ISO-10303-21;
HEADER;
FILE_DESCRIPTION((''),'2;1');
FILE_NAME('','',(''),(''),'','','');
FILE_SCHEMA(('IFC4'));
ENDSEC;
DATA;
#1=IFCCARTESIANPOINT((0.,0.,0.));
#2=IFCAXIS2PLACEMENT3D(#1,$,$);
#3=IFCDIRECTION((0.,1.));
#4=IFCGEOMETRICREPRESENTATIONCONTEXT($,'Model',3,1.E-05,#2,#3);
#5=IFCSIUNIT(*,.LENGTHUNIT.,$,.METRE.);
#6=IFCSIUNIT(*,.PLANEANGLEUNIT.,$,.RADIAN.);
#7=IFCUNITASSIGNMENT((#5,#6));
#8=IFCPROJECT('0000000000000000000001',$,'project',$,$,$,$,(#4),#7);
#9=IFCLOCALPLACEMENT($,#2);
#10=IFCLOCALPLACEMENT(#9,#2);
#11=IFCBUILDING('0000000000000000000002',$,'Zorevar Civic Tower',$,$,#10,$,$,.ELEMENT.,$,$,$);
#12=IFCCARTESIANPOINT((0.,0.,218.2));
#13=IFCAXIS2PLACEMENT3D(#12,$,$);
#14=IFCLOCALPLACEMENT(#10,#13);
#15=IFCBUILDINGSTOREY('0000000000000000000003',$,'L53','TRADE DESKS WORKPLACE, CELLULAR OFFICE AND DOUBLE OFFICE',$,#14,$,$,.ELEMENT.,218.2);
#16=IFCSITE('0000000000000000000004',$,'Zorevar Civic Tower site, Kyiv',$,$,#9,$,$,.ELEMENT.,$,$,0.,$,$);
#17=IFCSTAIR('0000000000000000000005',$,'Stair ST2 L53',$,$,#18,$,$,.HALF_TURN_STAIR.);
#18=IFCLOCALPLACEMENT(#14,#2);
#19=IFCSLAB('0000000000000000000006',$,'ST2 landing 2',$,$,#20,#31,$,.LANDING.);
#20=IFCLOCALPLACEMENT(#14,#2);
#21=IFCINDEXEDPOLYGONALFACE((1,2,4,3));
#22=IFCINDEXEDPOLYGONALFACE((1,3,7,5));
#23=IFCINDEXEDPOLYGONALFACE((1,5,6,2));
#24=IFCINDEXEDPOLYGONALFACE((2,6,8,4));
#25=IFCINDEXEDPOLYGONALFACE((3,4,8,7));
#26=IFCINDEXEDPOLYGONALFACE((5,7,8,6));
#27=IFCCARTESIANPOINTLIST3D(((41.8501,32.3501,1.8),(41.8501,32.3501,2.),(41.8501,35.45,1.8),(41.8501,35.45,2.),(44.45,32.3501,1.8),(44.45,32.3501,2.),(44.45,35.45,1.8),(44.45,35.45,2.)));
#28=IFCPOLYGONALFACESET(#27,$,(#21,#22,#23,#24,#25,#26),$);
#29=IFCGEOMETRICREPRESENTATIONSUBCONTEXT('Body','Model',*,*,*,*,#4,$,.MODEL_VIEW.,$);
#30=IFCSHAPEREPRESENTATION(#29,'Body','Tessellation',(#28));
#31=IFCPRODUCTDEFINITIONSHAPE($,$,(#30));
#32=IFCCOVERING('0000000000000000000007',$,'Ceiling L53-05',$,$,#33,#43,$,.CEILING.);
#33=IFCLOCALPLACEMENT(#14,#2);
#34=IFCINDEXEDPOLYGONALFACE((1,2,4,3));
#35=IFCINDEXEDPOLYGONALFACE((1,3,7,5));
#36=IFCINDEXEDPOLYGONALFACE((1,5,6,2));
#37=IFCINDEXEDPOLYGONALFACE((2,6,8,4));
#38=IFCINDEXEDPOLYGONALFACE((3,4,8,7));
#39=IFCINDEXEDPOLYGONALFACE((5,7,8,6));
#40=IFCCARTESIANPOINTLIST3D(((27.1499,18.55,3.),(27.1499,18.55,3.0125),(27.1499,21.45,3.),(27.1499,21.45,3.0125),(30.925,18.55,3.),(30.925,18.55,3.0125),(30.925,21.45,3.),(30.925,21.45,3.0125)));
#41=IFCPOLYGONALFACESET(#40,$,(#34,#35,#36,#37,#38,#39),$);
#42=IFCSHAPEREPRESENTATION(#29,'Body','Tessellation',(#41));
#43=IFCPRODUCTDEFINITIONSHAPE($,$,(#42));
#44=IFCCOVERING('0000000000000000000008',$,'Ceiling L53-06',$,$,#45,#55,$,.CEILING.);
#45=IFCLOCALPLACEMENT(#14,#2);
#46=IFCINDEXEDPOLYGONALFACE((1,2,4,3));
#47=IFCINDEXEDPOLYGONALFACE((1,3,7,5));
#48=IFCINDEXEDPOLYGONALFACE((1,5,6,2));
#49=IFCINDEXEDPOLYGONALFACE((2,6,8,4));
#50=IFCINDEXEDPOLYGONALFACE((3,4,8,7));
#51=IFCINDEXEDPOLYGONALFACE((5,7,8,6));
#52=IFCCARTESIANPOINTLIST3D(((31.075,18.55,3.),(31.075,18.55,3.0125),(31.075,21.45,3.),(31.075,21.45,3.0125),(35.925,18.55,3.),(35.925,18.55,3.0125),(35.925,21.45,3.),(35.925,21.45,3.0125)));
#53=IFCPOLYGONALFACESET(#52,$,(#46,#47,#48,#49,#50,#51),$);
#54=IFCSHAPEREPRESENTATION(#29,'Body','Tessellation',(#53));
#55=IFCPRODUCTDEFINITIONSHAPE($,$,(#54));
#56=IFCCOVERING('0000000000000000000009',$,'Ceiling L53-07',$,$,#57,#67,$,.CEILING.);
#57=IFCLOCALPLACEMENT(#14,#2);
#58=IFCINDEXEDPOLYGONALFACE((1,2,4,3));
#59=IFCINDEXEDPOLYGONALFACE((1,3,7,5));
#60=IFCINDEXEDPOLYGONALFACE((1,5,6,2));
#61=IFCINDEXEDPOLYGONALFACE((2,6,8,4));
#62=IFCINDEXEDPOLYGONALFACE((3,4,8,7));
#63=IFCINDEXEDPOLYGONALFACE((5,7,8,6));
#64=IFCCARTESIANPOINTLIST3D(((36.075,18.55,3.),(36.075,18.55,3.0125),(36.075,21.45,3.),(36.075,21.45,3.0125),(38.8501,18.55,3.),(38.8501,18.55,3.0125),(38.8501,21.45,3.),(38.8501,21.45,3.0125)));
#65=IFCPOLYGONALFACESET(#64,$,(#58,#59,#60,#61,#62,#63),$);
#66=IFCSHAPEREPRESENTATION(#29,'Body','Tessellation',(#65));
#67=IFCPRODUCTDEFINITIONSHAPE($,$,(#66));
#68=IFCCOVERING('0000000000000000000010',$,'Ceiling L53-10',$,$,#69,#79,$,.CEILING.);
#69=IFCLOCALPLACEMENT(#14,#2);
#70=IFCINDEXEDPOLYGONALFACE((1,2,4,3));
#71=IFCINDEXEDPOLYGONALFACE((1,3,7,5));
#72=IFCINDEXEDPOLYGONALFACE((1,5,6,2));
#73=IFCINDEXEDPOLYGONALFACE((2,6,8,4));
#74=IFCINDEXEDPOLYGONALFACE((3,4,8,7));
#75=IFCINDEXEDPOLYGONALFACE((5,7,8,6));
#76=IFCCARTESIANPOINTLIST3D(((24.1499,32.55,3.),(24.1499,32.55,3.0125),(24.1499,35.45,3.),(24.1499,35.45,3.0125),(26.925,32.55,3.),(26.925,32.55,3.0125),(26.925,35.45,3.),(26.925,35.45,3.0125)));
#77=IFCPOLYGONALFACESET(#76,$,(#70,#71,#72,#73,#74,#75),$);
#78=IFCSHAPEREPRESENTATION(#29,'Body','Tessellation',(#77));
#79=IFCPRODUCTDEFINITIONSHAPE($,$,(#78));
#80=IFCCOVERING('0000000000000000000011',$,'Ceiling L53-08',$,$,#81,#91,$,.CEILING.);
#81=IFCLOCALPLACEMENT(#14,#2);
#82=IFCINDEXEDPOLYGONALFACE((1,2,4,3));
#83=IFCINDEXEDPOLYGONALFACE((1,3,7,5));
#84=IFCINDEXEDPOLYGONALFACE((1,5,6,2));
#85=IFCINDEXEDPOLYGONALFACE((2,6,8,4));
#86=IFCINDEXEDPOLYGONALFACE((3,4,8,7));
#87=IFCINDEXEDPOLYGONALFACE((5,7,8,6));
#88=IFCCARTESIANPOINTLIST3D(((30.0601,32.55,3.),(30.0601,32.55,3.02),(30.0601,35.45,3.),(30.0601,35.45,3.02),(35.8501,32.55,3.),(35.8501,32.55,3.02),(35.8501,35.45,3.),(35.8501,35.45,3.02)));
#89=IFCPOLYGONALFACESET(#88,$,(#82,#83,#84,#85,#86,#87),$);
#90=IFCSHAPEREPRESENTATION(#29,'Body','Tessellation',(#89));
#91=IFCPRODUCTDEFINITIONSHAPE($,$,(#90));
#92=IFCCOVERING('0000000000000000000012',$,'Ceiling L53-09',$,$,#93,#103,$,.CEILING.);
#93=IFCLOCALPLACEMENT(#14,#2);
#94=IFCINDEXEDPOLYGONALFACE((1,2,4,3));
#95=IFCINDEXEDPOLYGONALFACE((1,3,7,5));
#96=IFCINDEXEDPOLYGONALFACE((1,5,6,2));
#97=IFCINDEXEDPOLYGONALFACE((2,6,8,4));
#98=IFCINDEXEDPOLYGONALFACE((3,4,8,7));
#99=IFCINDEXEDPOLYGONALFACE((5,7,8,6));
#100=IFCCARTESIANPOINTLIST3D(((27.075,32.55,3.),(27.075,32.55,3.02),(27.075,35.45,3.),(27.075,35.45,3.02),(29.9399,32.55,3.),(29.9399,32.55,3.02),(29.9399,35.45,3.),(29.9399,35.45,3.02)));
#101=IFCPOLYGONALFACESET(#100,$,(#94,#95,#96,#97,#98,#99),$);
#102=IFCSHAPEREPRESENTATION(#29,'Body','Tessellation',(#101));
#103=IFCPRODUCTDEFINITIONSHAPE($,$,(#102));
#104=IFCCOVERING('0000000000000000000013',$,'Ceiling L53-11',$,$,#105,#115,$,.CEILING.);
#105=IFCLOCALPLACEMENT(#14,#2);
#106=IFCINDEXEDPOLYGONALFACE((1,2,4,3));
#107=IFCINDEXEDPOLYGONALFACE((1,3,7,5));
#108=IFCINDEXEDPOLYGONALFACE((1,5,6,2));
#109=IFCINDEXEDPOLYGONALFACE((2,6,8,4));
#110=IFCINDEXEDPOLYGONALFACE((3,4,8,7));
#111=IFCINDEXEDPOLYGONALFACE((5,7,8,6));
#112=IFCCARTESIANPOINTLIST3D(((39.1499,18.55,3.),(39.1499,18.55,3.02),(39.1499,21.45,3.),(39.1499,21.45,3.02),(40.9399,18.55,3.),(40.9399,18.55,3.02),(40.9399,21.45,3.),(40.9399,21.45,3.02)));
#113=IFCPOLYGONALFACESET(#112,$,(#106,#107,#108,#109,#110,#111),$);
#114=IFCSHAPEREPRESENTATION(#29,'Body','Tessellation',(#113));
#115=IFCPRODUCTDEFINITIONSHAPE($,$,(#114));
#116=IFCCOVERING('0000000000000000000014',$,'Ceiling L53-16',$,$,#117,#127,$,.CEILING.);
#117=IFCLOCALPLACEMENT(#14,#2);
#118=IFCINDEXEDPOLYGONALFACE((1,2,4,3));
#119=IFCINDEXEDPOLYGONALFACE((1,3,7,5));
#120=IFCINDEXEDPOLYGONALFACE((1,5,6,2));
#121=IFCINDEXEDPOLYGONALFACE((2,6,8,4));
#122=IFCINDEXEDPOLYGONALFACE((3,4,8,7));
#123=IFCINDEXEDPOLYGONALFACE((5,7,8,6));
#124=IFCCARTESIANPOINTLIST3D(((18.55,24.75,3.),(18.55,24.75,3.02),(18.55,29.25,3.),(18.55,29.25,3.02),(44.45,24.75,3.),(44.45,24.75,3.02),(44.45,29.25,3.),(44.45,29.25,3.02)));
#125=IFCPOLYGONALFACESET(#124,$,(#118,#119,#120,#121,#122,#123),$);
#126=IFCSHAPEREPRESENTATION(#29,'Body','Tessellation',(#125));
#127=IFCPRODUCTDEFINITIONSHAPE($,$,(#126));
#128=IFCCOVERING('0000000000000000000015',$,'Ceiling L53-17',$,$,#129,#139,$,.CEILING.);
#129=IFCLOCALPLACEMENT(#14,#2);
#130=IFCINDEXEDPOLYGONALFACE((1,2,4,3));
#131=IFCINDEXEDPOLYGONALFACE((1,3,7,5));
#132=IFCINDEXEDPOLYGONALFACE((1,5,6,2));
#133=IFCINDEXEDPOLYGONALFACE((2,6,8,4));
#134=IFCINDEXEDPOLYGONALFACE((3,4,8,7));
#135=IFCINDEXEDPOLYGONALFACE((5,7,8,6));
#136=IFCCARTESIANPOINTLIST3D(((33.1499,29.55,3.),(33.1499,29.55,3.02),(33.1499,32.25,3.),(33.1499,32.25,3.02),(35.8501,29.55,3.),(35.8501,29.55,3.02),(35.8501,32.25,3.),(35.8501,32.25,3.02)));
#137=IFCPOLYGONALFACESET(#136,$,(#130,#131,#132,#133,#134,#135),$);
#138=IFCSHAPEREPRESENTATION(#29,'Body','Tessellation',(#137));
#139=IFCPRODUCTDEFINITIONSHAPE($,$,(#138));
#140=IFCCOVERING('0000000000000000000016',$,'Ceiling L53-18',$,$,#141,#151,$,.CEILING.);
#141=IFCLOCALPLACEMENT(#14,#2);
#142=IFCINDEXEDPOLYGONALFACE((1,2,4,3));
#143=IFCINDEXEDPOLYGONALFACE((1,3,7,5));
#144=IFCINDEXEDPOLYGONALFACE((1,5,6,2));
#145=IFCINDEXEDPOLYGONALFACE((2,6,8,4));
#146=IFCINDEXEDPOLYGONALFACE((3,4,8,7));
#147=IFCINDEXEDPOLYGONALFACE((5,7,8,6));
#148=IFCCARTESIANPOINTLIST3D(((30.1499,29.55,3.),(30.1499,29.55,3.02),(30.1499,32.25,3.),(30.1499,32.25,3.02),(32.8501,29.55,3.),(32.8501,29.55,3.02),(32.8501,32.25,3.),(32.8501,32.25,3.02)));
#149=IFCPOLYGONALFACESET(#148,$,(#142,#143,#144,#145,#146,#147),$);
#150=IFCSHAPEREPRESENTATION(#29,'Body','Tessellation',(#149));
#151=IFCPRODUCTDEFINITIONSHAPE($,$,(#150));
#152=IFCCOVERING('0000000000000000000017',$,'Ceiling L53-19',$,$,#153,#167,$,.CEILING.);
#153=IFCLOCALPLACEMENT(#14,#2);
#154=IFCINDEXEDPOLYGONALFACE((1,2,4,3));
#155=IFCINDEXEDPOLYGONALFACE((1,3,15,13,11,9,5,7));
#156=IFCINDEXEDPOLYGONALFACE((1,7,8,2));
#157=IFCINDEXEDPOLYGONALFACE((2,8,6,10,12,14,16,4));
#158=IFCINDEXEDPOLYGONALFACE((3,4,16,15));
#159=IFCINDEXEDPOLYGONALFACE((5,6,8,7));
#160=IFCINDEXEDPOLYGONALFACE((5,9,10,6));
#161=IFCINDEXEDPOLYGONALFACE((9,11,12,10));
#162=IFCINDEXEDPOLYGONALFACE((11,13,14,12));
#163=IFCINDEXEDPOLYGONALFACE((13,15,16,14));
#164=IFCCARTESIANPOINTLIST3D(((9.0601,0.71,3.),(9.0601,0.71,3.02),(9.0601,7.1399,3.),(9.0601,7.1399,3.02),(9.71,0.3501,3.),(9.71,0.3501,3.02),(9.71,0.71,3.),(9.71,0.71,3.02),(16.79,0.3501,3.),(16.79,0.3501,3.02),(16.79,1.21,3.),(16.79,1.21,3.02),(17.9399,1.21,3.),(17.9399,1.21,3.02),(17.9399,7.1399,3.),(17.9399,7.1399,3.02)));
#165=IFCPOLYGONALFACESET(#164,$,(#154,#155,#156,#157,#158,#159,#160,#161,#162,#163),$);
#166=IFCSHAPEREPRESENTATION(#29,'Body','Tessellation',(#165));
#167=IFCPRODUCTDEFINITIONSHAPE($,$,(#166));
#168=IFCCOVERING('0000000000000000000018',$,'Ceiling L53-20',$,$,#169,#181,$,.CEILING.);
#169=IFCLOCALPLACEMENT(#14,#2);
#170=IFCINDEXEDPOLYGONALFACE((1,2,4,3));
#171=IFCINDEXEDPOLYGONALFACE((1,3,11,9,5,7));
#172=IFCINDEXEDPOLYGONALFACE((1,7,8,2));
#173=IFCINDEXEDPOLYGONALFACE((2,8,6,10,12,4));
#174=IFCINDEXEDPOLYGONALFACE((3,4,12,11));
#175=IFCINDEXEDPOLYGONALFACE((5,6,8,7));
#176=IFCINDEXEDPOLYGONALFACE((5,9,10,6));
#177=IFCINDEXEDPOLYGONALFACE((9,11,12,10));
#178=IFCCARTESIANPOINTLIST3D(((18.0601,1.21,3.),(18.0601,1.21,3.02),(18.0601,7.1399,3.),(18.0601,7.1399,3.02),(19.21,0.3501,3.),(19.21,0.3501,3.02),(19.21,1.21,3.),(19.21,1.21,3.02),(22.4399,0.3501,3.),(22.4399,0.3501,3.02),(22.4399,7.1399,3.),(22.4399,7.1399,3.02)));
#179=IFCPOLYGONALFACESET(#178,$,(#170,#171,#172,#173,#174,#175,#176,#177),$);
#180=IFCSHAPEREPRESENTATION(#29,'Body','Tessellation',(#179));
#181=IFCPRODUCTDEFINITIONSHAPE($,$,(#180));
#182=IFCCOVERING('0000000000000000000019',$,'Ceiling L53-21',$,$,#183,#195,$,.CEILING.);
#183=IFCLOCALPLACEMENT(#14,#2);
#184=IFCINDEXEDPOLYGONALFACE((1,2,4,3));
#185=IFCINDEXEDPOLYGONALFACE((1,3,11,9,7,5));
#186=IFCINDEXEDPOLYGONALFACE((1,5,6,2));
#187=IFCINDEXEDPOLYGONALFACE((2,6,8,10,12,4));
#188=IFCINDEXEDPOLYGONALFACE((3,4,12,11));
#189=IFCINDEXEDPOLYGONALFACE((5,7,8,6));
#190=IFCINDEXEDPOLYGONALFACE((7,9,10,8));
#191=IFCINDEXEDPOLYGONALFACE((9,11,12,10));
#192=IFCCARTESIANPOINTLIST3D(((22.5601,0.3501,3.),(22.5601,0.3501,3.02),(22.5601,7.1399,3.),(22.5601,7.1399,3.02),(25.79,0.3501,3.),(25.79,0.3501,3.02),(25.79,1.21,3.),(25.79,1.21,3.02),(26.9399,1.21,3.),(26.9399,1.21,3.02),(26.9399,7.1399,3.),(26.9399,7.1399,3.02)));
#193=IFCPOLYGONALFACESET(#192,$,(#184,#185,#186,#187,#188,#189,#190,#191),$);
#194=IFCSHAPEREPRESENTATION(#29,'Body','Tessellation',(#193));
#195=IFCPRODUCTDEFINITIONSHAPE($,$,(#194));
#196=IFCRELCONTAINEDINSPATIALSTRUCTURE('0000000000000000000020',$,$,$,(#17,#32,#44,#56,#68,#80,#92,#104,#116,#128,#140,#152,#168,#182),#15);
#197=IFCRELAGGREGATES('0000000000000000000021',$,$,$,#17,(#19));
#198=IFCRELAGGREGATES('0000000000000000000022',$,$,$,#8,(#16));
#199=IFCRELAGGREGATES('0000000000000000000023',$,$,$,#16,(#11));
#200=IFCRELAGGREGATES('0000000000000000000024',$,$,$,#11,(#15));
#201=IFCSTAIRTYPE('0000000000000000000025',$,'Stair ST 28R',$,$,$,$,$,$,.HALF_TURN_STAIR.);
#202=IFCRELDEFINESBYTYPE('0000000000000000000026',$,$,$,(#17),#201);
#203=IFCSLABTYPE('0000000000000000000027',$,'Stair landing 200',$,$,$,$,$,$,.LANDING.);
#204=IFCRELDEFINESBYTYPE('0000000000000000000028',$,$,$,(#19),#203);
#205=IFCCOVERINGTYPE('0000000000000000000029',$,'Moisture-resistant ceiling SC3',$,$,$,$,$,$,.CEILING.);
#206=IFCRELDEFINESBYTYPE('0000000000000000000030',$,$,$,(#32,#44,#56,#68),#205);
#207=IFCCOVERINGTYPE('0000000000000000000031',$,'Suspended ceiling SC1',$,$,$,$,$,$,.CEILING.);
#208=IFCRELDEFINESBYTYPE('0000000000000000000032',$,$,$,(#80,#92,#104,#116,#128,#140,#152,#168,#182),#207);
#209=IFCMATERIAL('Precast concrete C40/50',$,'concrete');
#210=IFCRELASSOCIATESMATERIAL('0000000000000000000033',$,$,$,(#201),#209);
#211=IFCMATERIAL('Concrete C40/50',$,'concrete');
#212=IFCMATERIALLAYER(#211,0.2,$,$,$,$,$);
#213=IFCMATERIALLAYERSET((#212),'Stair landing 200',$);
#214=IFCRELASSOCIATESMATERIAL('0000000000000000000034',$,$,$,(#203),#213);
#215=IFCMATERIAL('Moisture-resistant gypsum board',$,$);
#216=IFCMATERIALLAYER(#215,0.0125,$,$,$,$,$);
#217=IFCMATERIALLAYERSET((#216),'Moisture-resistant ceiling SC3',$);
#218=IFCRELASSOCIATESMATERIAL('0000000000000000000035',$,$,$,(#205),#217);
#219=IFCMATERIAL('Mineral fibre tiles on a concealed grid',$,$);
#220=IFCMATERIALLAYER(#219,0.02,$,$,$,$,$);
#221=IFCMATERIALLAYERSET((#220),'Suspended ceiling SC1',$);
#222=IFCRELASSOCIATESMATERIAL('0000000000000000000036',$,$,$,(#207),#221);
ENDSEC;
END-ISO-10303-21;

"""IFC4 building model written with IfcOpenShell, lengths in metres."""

from ifc_helpers import new_model, si_unit, direction, frame, origin, place, context, subcontext, project, spatial, polyline, outline, extrude, material, layer, layer_set, type_object, element, aggregate, save


model = new_model("IFC4")

# Units and contexts
model_context = context("Model", 3, precision=1e-05, world=origin(), true_north=direction((0.0, 1.0)))
body_context = subcontext(model_context, "Body", "Model", "MODEL_VIEW")
ifc_project = project(units=[si_unit("LENGTHUNIT", "METRE"), si_unit("PLANEANGLEUNIT", "RADIAN")], contexts=[model_context])

# Site, building, storey
site_placement = place(None, origin())
site = spatial("IfcSite", under=ifc_project, at=site_placement, Name="Zorevar Civic Tower site, Kyiv", CompositionType="ELEMENT", RefElevation=0.0)
building_placement = place(site_placement, origin())
building = spatial("IfcBuilding", under=site, at=building_placement, Name="Zorevar Civic Tower", CompositionType="ELEMENT")
storey_placement = place(building_placement, frame((0.0, 0.0, 218.2)))
storey = spatial("IfcBuildingStorey", under=building, at=storey_placement, Name="L53", Description="TRADE DESKS WORKPLACE, CELLULAR OFFICE AND DOUBLE OFFICE", CompositionType="ELEMENT", Elevation=218.2)

# Stair, slab
ifc_material_1 = material(Name="Precast concrete C40/50", Category="concrete")
stair_type = type_object("IfcStairType", Name="Stair ST 28R", PredefinedType="HALF_TURN_STAIR", material=ifc_material_1)
ifc_material_2 = material(Name="Concrete C40/50", Category="concrete")
ifc_layer_1 = layer(ifc_material_2, 0.2)
ifc_layer_set_1 = layer_set([ifc_layer_1], Name="Stair landing 200")
slab_type_1 = type_object("IfcSlabType", Name="Stair landing 200", PredefinedType="LANDING", material=ifc_layer_set_1)
stair_1_placement = place(storey_placement, origin())
stair_1 = element("IfcStair", 1, at=stair_1_placement, inside=storey, type_object=stair_type, Name="Stair ST2 L53", PredefinedType="HALF_TURN_STAIR")
slab_1_placement = place(storey_placement, frame((0.0, 0.0, 1.8)))
slab_1 = element("IfcSlab", 2, at=slab_1_placement, type_object=slab_type_1, Name="ST2 landing 2", PredefinedType="LANDING", context=body_context, shape_type="SweptSolid", body=[
    extrude(outline(polyline([(44.45, 32.3501), (41.8501, 32.3501), (41.8501, 35.45), (44.45, 35.45), (44.45, 32.3501)])), origin(), (0.0, 0.0, 1.0), 0.2),
])
aggregate(stair_1, [slab_1])

# Coverings
ifc_material_3 = material(Name="Moisture-resistant gypsum board")
ifc_layer_2 = layer(ifc_material_3, 0.0125)
ifc_layer_set_2 = layer_set([ifc_layer_2], Name="Moisture-resistant ceiling SC3")
covering_type_1 = type_object("IfcCoveringType", Name="Moisture-resistant ceiling SC3", PredefinedType="CEILING", material=ifc_layer_set_2)
covering_1_placement = place(storey_placement, frame((0.0, 0.0, 3.0)))
element("IfcCovering", 3, at=covering_1_placement, inside=storey, type_object=covering_type_1, Name="Ceiling L53-05", PredefinedType="CEILING", context=body_context, shape_type="SweptSolid", body=[
    extrude(outline(polyline([(30.925, 18.55), (30.925, 21.45), (27.1499, 21.45), (27.1499, 18.55), (30.925, 18.55)])), origin(), (0.0, 0.0, 1.0), 0.0125),
])
covering_2_placement = place(storey_placement, frame((0.0, 0.0, 3.0)))
element("IfcCovering", 4, at=covering_2_placement, inside=storey, type_object=covering_type_1, Name="Ceiling L53-06", PredefinedType="CEILING", context=body_context, shape_type="SweptSolid", body=[
    extrude(outline(polyline([(35.925, 18.55), (35.925, 21.45), (31.075, 21.45), (31.075, 18.55), (35.925, 18.55)])), origin(), (0.0, 0.0, 1.0), 0.0125),
])
covering_3_placement = place(storey_placement, frame((0.0, 0.0, 3.0)))
element("IfcCovering", 5, at=covering_3_placement, inside=storey, type_object=covering_type_1, Name="Ceiling L53-07", PredefinedType="CEILING", context=body_context, shape_type="SweptSolid", body=[
    extrude(outline(polyline([(38.8501, 18.55), (38.8501, 21.45), (36.075, 21.45), (36.075, 18.55), (38.8501, 18.55)])), origin(), (0.0, 0.0, 1.0), 0.0125),
])
covering_4_placement = place(storey_placement, frame((0.0, 0.0, 3.0)))
element("IfcCovering", 6, at=covering_4_placement, inside=storey, type_object=covering_type_1, Name="Ceiling L53-10", PredefinedType="CEILING", context=body_context, shape_type="SweptSolid", body=[
    extrude(outline(polyline([(26.925, 32.55), (26.925, 35.45), (24.1499, 35.45), (24.1499, 32.55), (26.925, 32.55)])), origin(), (0.0, 0.0, 1.0), 0.0125),
])
ifc_material_4 = material(Name="Mineral fibre tiles on a concealed grid")
ifc_layer_3 = layer(ifc_material_4, 0.02)
ifc_layer_set_3 = layer_set([ifc_layer_3], Name="Suspended ceiling SC1")
covering_type_2 = type_object("IfcCoveringType", Name="Suspended ceiling SC1", PredefinedType="CEILING", material=ifc_layer_set_3)
covering_5_placement = place(storey_placement, frame((0.0, 0.0, 3.0)))
element("IfcCovering", 7, at=covering_5_placement, inside=storey, type_object=covering_type_2, Name="Ceiling L53-08", PredefinedType="CEILING", context=body_context, shape_type="SweptSolid", body=[
    extrude(outline(polyline([(35.8501, 32.55), (35.8501, 35.45), (30.0601, 35.45), (30.0601, 32.55), (35.8501, 32.55)])), origin(), (0.0, 0.0, 1.0), 0.02),
])
covering_6_placement = place(storey_placement, frame((0.0, 0.0, 3.0)))
element("IfcCovering", 8, at=covering_6_placement, inside=storey, type_object=covering_type_2, Name="Ceiling L53-09", PredefinedType="CEILING", context=body_context, shape_type="SweptSolid", body=[
    extrude(outline(polyline([(29.9399, 32.55), (29.9399, 35.45), (27.075, 35.45), (27.075, 32.55), (29.9399, 32.55)])), origin(), (0.0, 0.0, 1.0), 0.02),
])
covering_7_placement = place(storey_placement, frame((0.0, 0.0, 3.0)))
element("IfcCovering", 9, at=covering_7_placement, inside=storey, type_object=covering_type_2, Name="Ceiling L53-11", PredefinedType="CEILING", context=body_context, shape_type="SweptSolid", body=[
    extrude(outline(polyline([(40.9399, 18.55), (40.9399, 21.45), (39.1499, 21.45), (39.1499, 18.55), (40.9399, 18.55)])), origin(), (0.0, 0.0, 1.0), 0.02),
])
covering_8_placement = place(storey_placement, frame((0.0, 0.0, 3.0)))
element("IfcCovering", 10, at=covering_8_placement, inside=storey, type_object=covering_type_2, Name="Ceiling L53-16", PredefinedType="CEILING", context=body_context, shape_type="SweptSolid", body=[
    extrude(outline(polyline([(44.45, 24.75), (44.45, 29.25), (18.55, 29.25), (18.55, 24.75), (44.45, 24.75)])), origin(), (0.0, 0.0, 1.0), 0.02),
])
covering_9_placement = place(storey_placement, frame((0.0, 0.0, 3.0)))
element("IfcCovering", 11, at=covering_9_placement, inside=storey, type_object=covering_type_2, Name="Ceiling L53-17", PredefinedType="CEILING", context=body_context, shape_type="SweptSolid", body=[
    extrude(outline(polyline([(35.8501, 29.55), (35.8501, 32.25), (33.1499, 32.25), (33.1499, 29.55), (35.8501, 29.55)])), origin(), (0.0, 0.0, 1.0), 0.02),
])
covering_10_placement = place(storey_placement, frame((0.0, 0.0, 3.0)))
element("IfcCovering", 12, at=covering_10_placement, inside=storey, type_object=covering_type_2, Name="Ceiling L53-18", PredefinedType="CEILING", context=body_context, shape_type="SweptSolid", body=[
    extrude(outline(polyline([(32.8501, 29.55), (32.8501, 32.25), (30.1499, 32.25), (30.1499, 29.55), (32.8501, 29.55)])), origin(), (0.0, 0.0, 1.0), 0.02),
])
covering_11_placement = place(storey_placement, frame((0.0, 0.0, 3.0)))
element("IfcCovering", 13, at=covering_11_placement, inside=storey, type_object=covering_type_2, Name="Ceiling L53-19", PredefinedType="CEILING", context=body_context, shape_type="SweptSolid", body=[
    extrude(outline(polyline([(9.71, 0.3501), (9.71, 0.71), (9.0601, 0.71), (9.0601, 7.1399), (17.9399, 7.1399), (17.9399, 1.21), (16.79, 1.21), (16.79, 0.3501), (9.71, 0.3501)])), origin(), (0.0, 0.0, 1.0), 0.02),
])
covering_12_placement = place(storey_placement, frame((0.0, 0.0, 3.0)))
element("IfcCovering", 14, at=covering_12_placement, inside=storey, type_object=covering_type_2, Name="Ceiling L53-20", PredefinedType="CEILING", context=body_context, shape_type="SweptSolid", body=[
    extrude(outline(polyline([(22.4399, 7.1399), (22.4399, 0.3501), (19.21, 0.3501), (19.21, 1.21), (18.0601, 1.21), (18.0601, 7.1399), (22.4399, 7.1399)])), origin(), (0.0, 0.0, 1.0), 0.02),
])
covering_13_placement = place(storey_placement, frame((0.0, 0.0, 3.0)))
element("IfcCovering", 15, at=covering_13_placement, inside=storey, type_object=covering_type_2, Name="Ceiling L53-21", PredefinedType="CEILING", context=body_context, shape_type="SweptSolid", body=[
    extrude(outline(polyline([(26.9399, 7.1399), (26.9399, 1.21), (25.79, 1.21), (25.79, 0.3501), (22.5601, 0.3501), (22.5601, 7.1399), (26.9399, 7.1399)])), origin(), (0.0, 0.0, 1.0), 0.02),
])

save(model, "model.ifc")
